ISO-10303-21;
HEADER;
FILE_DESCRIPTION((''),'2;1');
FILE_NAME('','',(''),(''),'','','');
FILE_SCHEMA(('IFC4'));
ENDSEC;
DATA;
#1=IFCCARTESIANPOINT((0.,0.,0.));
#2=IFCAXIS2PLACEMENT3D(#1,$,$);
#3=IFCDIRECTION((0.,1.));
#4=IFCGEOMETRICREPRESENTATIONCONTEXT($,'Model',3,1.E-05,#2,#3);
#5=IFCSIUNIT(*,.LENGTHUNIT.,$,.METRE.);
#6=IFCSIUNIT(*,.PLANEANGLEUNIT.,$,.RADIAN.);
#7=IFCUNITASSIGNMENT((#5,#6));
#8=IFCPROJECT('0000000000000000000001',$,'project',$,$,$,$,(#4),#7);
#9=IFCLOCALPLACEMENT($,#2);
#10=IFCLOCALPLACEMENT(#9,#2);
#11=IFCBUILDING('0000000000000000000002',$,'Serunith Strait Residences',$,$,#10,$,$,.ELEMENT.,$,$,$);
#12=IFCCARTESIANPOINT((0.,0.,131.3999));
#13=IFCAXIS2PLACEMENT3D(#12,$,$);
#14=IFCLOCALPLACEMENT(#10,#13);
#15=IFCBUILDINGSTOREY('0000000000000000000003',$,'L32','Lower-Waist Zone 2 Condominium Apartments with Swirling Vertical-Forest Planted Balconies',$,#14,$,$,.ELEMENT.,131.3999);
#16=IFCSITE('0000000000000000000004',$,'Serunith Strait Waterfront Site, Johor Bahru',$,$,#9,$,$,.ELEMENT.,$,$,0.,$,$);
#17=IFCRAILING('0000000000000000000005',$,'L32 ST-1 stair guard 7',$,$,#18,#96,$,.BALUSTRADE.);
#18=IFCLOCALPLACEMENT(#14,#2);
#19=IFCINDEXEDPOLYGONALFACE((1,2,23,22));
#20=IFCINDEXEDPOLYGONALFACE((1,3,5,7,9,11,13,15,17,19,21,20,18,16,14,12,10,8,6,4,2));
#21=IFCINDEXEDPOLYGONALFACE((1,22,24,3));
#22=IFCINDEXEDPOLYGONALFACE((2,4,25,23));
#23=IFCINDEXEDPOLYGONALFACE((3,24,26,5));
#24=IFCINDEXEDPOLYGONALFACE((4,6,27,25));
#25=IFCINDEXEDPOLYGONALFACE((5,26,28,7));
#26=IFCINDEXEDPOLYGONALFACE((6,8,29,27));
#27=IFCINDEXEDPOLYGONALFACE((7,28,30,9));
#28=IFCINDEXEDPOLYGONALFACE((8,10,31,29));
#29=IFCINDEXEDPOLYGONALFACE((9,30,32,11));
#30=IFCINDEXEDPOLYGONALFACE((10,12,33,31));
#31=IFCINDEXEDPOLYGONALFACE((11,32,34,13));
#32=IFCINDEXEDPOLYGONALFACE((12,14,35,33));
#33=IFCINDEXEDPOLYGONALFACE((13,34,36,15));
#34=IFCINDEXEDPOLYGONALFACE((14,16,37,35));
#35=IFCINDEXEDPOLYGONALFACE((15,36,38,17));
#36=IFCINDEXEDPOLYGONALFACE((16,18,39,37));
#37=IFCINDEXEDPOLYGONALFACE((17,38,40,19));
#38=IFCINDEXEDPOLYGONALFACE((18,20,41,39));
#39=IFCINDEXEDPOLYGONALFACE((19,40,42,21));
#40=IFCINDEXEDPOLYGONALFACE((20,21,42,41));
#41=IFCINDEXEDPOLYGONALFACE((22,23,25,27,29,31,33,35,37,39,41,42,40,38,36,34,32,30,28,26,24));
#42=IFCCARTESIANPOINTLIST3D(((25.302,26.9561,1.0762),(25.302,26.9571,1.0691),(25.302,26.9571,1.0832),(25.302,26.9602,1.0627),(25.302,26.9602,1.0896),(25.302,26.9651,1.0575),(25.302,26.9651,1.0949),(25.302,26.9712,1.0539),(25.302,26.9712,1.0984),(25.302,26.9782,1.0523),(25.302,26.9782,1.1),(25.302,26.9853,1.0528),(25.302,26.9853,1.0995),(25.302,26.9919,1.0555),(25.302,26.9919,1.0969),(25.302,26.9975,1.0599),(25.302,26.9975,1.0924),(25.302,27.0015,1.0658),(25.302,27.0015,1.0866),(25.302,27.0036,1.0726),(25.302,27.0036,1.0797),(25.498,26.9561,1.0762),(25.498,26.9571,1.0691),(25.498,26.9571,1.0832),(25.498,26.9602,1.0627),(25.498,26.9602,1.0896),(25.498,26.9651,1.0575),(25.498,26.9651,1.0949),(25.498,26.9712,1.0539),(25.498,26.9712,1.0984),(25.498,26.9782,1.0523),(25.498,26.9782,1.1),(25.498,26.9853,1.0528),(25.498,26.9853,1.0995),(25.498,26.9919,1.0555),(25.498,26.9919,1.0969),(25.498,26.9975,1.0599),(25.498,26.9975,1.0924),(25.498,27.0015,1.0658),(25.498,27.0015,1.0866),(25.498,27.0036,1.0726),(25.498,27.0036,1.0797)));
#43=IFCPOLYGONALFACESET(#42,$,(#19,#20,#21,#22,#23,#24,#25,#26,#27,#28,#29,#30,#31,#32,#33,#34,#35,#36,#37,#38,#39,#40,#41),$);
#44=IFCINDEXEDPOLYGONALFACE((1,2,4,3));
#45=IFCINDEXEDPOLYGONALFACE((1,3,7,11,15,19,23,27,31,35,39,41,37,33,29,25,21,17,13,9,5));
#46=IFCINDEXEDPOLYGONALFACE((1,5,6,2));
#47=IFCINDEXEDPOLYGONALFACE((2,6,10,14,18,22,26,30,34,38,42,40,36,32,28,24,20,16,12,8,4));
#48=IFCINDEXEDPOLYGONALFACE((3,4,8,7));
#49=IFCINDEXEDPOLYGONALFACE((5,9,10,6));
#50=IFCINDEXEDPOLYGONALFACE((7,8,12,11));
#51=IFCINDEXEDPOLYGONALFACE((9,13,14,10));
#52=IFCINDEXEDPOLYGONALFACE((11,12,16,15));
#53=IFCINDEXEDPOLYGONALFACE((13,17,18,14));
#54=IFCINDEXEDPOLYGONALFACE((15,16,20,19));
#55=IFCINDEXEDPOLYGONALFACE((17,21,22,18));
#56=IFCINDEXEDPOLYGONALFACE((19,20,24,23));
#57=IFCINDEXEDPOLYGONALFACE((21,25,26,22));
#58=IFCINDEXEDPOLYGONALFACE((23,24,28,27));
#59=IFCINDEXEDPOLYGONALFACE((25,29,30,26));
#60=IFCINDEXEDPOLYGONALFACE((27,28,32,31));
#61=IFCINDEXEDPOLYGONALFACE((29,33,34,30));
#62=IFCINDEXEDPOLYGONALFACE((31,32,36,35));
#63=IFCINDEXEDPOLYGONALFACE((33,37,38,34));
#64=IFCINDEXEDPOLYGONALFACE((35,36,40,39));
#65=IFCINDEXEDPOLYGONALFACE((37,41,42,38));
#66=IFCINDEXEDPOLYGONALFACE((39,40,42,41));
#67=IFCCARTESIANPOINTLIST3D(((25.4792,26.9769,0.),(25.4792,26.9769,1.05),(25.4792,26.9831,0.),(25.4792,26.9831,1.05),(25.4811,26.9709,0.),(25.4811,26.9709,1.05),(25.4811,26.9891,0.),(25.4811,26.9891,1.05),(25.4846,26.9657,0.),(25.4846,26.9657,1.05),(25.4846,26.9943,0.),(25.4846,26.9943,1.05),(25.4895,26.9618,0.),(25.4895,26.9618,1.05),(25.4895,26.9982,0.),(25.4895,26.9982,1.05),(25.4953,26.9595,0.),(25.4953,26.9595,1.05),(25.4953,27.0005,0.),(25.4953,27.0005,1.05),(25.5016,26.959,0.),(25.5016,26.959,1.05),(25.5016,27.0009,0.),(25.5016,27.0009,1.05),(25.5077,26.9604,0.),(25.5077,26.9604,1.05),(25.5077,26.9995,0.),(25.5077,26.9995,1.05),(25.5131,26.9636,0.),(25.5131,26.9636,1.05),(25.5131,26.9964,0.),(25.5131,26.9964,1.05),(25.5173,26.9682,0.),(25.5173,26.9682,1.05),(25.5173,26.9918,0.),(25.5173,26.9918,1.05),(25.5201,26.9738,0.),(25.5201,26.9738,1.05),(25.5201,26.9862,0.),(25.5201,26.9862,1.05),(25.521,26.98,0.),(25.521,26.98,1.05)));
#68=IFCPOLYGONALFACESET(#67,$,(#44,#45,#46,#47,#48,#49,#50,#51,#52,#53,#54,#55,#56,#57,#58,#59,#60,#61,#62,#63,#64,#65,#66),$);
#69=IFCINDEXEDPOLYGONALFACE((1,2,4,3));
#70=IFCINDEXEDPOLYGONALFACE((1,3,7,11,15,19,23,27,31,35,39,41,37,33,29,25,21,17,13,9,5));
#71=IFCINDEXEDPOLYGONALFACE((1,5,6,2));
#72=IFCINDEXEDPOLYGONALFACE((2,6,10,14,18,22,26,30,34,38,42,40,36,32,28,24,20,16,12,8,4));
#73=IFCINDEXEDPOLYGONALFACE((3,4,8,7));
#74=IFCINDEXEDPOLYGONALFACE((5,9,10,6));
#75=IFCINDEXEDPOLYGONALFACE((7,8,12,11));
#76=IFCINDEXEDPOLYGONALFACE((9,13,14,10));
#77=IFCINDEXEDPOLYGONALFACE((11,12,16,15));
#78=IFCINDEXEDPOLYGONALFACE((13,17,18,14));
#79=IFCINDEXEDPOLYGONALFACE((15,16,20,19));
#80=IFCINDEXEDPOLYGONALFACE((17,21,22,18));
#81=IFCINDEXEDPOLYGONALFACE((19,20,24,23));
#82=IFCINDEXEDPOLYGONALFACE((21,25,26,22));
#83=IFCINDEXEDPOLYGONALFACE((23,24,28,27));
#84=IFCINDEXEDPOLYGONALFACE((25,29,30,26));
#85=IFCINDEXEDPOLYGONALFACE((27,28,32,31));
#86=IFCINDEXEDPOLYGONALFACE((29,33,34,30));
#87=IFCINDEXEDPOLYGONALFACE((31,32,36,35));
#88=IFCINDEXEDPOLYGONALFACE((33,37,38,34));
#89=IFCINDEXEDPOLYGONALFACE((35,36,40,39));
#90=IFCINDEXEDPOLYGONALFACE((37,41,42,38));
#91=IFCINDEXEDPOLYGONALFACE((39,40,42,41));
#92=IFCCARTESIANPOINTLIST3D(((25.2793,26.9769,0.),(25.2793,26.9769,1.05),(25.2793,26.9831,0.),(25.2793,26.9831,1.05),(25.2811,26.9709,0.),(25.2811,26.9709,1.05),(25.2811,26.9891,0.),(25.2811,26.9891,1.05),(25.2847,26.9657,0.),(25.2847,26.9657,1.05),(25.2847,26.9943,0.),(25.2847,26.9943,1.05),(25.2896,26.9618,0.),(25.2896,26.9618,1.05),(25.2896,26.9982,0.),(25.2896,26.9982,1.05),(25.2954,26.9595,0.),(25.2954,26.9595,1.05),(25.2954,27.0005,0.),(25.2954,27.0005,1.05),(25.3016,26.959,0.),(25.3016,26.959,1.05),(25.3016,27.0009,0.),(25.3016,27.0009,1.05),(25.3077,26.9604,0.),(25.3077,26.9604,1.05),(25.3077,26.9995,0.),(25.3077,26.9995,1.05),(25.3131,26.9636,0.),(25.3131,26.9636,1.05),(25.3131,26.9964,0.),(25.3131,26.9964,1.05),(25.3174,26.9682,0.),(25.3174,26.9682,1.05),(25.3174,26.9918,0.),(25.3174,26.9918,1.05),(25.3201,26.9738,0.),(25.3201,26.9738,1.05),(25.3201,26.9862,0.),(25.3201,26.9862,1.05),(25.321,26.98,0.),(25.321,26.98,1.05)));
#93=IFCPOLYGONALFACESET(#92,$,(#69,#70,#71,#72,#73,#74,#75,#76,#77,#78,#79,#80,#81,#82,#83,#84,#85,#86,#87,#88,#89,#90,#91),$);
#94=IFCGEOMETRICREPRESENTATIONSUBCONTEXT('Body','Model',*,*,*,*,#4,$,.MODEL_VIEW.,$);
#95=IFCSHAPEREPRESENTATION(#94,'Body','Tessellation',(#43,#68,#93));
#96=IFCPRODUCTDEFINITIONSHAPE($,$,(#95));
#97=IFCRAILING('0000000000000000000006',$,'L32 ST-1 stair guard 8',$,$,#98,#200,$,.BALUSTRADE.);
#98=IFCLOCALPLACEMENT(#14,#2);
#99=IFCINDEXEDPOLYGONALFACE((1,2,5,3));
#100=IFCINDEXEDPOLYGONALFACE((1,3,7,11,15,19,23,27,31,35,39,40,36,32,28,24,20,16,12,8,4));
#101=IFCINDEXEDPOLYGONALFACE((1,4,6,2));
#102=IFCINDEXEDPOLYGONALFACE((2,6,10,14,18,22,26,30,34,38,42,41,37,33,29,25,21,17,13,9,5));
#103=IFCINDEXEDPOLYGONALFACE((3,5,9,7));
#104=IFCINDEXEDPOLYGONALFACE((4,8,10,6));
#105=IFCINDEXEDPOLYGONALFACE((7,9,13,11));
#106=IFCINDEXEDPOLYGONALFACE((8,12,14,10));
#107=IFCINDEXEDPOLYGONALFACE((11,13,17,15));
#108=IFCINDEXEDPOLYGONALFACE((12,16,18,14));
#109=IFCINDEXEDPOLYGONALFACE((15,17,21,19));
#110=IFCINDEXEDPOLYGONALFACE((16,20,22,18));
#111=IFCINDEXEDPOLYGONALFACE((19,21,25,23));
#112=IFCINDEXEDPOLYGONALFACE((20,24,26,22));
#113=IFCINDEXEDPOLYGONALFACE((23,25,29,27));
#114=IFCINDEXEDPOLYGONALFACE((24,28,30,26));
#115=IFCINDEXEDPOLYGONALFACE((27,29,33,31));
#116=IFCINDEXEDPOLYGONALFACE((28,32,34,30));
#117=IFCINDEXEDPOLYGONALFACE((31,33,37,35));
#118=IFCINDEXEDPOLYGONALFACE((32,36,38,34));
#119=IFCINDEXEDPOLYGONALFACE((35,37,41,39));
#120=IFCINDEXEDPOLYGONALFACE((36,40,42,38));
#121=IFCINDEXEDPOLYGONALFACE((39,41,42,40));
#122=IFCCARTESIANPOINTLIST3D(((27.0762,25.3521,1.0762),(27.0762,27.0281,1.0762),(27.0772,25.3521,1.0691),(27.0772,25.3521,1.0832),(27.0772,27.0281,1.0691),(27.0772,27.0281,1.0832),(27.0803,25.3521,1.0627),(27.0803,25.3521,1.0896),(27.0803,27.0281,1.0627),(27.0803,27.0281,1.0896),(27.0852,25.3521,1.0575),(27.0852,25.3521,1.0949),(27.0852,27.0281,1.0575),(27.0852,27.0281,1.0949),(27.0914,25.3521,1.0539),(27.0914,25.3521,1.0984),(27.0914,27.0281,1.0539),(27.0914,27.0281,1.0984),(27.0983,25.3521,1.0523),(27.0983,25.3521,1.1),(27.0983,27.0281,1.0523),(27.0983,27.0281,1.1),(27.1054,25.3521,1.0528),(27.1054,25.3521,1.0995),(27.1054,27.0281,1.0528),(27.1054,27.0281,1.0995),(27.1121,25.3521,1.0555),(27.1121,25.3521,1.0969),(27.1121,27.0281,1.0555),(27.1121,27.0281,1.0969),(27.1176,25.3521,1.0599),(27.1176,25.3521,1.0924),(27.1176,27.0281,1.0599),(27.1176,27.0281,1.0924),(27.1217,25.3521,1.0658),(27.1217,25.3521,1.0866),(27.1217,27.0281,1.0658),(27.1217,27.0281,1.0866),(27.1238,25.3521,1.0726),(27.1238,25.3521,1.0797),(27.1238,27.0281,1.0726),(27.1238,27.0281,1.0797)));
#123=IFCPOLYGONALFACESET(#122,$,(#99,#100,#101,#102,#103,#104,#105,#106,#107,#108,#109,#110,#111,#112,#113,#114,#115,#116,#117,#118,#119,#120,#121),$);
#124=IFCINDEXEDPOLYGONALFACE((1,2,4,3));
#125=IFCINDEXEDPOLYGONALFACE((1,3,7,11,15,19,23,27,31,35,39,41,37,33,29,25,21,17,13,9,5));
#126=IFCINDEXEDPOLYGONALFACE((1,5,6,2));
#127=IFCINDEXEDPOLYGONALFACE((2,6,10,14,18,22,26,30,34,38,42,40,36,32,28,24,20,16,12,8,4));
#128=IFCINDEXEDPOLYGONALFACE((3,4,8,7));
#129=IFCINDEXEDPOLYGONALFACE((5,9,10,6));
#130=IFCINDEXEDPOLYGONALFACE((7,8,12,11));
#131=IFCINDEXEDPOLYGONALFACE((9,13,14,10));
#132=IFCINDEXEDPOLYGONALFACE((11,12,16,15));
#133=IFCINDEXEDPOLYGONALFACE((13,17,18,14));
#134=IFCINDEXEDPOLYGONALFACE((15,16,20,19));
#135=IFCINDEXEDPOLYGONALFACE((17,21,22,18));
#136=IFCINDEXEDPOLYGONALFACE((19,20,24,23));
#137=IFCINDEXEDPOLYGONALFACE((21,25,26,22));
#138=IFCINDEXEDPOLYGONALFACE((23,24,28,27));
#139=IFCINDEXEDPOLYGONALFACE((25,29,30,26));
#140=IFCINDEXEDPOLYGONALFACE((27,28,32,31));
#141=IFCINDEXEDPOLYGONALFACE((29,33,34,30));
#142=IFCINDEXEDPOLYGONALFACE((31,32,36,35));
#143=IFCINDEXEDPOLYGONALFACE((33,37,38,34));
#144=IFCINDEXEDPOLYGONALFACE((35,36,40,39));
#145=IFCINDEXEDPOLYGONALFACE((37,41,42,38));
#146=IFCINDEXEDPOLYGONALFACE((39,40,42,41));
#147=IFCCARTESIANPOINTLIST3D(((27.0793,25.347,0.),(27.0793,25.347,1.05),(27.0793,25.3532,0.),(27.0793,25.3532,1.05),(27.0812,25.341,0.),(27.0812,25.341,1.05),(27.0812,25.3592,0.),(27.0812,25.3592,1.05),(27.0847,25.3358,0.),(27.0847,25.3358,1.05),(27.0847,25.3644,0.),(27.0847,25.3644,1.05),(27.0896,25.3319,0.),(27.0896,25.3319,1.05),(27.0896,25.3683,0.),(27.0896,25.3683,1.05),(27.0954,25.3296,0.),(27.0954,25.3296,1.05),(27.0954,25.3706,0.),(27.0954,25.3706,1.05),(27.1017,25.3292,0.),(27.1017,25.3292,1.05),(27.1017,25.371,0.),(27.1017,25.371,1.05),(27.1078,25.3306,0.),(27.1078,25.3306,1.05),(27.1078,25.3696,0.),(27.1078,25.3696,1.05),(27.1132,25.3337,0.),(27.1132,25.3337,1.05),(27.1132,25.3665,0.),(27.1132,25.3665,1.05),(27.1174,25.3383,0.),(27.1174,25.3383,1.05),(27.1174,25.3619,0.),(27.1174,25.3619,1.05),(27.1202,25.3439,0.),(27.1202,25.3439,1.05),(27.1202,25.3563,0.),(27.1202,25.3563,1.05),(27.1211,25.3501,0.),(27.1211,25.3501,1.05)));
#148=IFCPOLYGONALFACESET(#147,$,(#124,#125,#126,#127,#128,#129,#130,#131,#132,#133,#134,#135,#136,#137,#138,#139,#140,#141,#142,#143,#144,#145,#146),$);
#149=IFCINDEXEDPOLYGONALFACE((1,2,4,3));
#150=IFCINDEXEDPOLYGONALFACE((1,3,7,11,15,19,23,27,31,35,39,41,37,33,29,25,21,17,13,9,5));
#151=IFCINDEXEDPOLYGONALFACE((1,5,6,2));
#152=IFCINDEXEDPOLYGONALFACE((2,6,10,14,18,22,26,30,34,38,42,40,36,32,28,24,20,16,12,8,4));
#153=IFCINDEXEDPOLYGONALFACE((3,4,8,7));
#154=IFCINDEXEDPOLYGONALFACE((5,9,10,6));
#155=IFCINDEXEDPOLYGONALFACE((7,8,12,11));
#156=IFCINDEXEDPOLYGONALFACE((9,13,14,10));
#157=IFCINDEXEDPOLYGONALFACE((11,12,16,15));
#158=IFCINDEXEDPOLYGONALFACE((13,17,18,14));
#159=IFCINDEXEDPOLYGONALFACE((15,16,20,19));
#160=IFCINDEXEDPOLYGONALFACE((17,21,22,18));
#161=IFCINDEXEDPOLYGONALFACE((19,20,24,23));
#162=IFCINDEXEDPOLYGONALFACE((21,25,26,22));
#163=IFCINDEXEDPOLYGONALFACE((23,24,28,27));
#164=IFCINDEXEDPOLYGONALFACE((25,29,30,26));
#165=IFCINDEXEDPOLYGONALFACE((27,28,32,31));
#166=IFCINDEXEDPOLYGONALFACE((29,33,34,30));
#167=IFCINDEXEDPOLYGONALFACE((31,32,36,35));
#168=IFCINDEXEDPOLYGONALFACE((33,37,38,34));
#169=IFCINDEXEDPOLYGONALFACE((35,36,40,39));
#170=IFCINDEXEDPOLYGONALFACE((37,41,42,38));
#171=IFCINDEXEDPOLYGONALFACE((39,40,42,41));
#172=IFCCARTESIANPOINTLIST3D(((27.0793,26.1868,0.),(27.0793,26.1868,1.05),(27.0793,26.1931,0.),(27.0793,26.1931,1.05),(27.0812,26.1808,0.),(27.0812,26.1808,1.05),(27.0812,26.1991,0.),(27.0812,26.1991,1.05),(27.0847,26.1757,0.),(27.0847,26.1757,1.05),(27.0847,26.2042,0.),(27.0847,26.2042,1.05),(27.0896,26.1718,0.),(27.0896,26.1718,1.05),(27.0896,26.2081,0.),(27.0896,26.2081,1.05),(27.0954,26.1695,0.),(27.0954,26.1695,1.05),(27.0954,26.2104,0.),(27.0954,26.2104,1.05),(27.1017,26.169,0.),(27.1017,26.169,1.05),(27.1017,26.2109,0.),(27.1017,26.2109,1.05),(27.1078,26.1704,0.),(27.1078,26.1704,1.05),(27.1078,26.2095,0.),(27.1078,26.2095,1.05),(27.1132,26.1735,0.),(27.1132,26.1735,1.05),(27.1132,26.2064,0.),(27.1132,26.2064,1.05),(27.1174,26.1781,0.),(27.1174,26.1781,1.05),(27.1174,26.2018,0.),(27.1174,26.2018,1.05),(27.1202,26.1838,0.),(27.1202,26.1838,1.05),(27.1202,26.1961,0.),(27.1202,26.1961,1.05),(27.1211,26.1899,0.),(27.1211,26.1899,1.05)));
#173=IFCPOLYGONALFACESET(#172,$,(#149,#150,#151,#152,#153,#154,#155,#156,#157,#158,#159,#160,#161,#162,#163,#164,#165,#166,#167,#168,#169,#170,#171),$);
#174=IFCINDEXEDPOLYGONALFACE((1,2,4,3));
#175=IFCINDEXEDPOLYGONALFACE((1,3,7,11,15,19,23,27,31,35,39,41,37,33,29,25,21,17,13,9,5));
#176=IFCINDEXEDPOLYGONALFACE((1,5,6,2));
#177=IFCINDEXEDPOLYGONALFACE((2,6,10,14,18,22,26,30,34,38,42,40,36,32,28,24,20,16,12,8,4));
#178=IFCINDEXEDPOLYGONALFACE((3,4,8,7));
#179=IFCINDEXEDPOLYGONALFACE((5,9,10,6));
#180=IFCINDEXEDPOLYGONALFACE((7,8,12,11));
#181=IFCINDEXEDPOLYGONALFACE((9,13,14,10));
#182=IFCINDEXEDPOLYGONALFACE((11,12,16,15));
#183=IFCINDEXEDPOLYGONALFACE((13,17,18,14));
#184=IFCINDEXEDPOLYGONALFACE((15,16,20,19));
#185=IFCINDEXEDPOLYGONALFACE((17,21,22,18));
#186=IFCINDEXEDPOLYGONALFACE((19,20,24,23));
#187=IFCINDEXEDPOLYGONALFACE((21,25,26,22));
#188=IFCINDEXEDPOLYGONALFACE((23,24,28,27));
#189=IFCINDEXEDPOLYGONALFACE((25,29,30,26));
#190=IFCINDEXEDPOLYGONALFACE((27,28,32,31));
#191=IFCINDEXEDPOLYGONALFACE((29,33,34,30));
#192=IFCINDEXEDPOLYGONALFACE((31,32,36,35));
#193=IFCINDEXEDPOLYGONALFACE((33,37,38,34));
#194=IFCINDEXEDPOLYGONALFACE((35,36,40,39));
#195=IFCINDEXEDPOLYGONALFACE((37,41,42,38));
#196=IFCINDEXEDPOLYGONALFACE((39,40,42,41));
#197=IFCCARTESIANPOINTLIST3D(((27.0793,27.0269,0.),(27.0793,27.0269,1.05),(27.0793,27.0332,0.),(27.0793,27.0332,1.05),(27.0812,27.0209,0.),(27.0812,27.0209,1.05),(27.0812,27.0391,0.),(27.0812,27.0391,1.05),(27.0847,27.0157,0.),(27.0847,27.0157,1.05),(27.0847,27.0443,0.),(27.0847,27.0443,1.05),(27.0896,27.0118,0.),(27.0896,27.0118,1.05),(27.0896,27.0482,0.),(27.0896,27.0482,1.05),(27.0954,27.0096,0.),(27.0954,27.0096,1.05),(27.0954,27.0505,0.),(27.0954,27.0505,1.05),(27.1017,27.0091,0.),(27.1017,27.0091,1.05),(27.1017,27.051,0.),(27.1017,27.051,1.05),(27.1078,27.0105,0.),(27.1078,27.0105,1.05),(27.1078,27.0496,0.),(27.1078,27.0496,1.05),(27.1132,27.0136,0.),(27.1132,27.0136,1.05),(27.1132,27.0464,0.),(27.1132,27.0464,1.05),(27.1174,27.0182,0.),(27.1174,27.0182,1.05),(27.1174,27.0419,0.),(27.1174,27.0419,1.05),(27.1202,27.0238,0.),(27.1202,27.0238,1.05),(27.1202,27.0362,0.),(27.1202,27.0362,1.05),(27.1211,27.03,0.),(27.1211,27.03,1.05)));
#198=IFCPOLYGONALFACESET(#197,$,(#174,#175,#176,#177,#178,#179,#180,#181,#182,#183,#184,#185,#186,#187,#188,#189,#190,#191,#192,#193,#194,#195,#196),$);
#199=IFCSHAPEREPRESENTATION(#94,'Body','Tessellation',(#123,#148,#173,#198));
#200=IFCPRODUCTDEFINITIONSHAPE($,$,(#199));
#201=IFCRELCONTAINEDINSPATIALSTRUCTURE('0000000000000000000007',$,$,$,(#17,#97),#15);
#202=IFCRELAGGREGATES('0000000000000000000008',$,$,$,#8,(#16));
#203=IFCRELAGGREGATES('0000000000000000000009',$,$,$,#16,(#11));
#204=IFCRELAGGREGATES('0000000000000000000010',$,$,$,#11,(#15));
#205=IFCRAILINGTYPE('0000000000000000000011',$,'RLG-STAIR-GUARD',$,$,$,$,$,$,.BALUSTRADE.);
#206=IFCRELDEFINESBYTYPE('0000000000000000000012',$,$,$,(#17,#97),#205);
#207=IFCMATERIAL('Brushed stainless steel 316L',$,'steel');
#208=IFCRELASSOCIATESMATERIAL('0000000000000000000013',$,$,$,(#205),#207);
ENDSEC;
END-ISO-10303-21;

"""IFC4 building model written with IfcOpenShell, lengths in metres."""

from ifc_helpers import new_model, si_unit, direction, frame, origin, origin_2d, place, context, subcontext, project, spatial, circle, extrude, material, type_object, element, save


model = new_model("IFC4")

# Units and contexts
model_context = context("Model", 3, precision=1e-05, world=origin(), true_north=direction((0.0, 1.0)))
body_context = subcontext(model_context, "Body", "Model", "MODEL_VIEW")
ifc_project = project(units=[si_unit("LENGTHUNIT", "METRE"), si_unit("PLANEANGLEUNIT", "RADIAN")], contexts=[model_context])

# Site, building, storey
site_placement = place(None, origin())
site = spatial("IfcSite", under=ifc_project, at=site_placement, Name="Serunith Strait Waterfront Site, Johor Bahru", CompositionType="ELEMENT", RefElevation=0.0)
building_placement = place(site_placement, origin())
building = spatial("IfcBuilding", under=site, at=building_placement, Name="Serunith Strait Residences", CompositionType="ELEMENT")
storey_placement = place(building_placement, frame((0.0, 0.0, 131.3999)))
storey = spatial("IfcBuildingStorey", under=building, at=storey_placement, Name="L32", Description="Lower-Waist Zone 2 Condominium Apartments with Swirling Vertical-Forest Planted Balconies", CompositionType="ELEMENT", Elevation=131.3999)

# Railings
ifc_material_1 = material(Name="Brushed stainless steel 316L", Category="steel")
railing_type_1 = type_object("IfcRailingType", Name="RLG-STAIR-GUARD", PredefinedType="BALUSTRADE", material=ifc_material_1)
railing_1_placement = place(storey_placement, frame((25.5, 26.98, 0.0)))
element("IfcRailing", 1, at=railing_1_placement, inside=storey, type_object=railing_type_1, Name="L32 ST-1 stair guard 7", PredefinedType="BALUSTRADE", context=body_context, shape_type="SweptSolid", body=[
    extrude(circle(Radius=0.0239, at=origin_2d()), frame((-0.002, 0.0, 1.0762), z_axis=(-1.0, 0.0, 0.0), x_axis=(0.0, -1.0, 0.0)), (0.0, 0.0, 1.0), 0.196),
    extrude(circle(Radius=0.021, at=origin_2d()), origin(), (0.0, 0.0, 1.0), 1.05),
    extrude(circle(Radius=0.021, at=origin_2d()), frame((-0.2, 0.0, 0.0)), (0.0, 0.0, 1.0), 1.05),
])
for number, where, name in (
    (2, (27.1001, 25.3501, 0.0), "L32 ST-1 stair guard 8"),
):
    element("IfcRailing", number, at=place(storey_placement, frame(where)), inside=storey, type_object=railing_type_1, Name=name, PredefinedType="BALUSTRADE", context=body_context, shape_type="SweptSolid", body=[
        extrude(circle(Radius=0.0239, at=origin_2d()), frame((0.0, 0.002, 1.0762), z_axis=(0.0, 1.0, 0.0), x_axis=(-1.0, 0.0, 0.0)), (0.0, 0.0, 1.0), 1.676),
        extrude(circle(Radius=0.021, at=origin_2d()), origin(), (0.0, 0.0, 1.0), 1.05),
        extrude(circle(Radius=0.021, at=origin_2d()), frame((0.0, 0.8398, 0.0)), (0.0, 0.0, 1.0), 1.05),
        extrude(circle(Radius=0.021, at=origin_2d()), frame((0.0, 1.6799, 0.0)), (0.0, 0.0, 1.0), 1.05),
    ])

save(model, "model.ifc")
